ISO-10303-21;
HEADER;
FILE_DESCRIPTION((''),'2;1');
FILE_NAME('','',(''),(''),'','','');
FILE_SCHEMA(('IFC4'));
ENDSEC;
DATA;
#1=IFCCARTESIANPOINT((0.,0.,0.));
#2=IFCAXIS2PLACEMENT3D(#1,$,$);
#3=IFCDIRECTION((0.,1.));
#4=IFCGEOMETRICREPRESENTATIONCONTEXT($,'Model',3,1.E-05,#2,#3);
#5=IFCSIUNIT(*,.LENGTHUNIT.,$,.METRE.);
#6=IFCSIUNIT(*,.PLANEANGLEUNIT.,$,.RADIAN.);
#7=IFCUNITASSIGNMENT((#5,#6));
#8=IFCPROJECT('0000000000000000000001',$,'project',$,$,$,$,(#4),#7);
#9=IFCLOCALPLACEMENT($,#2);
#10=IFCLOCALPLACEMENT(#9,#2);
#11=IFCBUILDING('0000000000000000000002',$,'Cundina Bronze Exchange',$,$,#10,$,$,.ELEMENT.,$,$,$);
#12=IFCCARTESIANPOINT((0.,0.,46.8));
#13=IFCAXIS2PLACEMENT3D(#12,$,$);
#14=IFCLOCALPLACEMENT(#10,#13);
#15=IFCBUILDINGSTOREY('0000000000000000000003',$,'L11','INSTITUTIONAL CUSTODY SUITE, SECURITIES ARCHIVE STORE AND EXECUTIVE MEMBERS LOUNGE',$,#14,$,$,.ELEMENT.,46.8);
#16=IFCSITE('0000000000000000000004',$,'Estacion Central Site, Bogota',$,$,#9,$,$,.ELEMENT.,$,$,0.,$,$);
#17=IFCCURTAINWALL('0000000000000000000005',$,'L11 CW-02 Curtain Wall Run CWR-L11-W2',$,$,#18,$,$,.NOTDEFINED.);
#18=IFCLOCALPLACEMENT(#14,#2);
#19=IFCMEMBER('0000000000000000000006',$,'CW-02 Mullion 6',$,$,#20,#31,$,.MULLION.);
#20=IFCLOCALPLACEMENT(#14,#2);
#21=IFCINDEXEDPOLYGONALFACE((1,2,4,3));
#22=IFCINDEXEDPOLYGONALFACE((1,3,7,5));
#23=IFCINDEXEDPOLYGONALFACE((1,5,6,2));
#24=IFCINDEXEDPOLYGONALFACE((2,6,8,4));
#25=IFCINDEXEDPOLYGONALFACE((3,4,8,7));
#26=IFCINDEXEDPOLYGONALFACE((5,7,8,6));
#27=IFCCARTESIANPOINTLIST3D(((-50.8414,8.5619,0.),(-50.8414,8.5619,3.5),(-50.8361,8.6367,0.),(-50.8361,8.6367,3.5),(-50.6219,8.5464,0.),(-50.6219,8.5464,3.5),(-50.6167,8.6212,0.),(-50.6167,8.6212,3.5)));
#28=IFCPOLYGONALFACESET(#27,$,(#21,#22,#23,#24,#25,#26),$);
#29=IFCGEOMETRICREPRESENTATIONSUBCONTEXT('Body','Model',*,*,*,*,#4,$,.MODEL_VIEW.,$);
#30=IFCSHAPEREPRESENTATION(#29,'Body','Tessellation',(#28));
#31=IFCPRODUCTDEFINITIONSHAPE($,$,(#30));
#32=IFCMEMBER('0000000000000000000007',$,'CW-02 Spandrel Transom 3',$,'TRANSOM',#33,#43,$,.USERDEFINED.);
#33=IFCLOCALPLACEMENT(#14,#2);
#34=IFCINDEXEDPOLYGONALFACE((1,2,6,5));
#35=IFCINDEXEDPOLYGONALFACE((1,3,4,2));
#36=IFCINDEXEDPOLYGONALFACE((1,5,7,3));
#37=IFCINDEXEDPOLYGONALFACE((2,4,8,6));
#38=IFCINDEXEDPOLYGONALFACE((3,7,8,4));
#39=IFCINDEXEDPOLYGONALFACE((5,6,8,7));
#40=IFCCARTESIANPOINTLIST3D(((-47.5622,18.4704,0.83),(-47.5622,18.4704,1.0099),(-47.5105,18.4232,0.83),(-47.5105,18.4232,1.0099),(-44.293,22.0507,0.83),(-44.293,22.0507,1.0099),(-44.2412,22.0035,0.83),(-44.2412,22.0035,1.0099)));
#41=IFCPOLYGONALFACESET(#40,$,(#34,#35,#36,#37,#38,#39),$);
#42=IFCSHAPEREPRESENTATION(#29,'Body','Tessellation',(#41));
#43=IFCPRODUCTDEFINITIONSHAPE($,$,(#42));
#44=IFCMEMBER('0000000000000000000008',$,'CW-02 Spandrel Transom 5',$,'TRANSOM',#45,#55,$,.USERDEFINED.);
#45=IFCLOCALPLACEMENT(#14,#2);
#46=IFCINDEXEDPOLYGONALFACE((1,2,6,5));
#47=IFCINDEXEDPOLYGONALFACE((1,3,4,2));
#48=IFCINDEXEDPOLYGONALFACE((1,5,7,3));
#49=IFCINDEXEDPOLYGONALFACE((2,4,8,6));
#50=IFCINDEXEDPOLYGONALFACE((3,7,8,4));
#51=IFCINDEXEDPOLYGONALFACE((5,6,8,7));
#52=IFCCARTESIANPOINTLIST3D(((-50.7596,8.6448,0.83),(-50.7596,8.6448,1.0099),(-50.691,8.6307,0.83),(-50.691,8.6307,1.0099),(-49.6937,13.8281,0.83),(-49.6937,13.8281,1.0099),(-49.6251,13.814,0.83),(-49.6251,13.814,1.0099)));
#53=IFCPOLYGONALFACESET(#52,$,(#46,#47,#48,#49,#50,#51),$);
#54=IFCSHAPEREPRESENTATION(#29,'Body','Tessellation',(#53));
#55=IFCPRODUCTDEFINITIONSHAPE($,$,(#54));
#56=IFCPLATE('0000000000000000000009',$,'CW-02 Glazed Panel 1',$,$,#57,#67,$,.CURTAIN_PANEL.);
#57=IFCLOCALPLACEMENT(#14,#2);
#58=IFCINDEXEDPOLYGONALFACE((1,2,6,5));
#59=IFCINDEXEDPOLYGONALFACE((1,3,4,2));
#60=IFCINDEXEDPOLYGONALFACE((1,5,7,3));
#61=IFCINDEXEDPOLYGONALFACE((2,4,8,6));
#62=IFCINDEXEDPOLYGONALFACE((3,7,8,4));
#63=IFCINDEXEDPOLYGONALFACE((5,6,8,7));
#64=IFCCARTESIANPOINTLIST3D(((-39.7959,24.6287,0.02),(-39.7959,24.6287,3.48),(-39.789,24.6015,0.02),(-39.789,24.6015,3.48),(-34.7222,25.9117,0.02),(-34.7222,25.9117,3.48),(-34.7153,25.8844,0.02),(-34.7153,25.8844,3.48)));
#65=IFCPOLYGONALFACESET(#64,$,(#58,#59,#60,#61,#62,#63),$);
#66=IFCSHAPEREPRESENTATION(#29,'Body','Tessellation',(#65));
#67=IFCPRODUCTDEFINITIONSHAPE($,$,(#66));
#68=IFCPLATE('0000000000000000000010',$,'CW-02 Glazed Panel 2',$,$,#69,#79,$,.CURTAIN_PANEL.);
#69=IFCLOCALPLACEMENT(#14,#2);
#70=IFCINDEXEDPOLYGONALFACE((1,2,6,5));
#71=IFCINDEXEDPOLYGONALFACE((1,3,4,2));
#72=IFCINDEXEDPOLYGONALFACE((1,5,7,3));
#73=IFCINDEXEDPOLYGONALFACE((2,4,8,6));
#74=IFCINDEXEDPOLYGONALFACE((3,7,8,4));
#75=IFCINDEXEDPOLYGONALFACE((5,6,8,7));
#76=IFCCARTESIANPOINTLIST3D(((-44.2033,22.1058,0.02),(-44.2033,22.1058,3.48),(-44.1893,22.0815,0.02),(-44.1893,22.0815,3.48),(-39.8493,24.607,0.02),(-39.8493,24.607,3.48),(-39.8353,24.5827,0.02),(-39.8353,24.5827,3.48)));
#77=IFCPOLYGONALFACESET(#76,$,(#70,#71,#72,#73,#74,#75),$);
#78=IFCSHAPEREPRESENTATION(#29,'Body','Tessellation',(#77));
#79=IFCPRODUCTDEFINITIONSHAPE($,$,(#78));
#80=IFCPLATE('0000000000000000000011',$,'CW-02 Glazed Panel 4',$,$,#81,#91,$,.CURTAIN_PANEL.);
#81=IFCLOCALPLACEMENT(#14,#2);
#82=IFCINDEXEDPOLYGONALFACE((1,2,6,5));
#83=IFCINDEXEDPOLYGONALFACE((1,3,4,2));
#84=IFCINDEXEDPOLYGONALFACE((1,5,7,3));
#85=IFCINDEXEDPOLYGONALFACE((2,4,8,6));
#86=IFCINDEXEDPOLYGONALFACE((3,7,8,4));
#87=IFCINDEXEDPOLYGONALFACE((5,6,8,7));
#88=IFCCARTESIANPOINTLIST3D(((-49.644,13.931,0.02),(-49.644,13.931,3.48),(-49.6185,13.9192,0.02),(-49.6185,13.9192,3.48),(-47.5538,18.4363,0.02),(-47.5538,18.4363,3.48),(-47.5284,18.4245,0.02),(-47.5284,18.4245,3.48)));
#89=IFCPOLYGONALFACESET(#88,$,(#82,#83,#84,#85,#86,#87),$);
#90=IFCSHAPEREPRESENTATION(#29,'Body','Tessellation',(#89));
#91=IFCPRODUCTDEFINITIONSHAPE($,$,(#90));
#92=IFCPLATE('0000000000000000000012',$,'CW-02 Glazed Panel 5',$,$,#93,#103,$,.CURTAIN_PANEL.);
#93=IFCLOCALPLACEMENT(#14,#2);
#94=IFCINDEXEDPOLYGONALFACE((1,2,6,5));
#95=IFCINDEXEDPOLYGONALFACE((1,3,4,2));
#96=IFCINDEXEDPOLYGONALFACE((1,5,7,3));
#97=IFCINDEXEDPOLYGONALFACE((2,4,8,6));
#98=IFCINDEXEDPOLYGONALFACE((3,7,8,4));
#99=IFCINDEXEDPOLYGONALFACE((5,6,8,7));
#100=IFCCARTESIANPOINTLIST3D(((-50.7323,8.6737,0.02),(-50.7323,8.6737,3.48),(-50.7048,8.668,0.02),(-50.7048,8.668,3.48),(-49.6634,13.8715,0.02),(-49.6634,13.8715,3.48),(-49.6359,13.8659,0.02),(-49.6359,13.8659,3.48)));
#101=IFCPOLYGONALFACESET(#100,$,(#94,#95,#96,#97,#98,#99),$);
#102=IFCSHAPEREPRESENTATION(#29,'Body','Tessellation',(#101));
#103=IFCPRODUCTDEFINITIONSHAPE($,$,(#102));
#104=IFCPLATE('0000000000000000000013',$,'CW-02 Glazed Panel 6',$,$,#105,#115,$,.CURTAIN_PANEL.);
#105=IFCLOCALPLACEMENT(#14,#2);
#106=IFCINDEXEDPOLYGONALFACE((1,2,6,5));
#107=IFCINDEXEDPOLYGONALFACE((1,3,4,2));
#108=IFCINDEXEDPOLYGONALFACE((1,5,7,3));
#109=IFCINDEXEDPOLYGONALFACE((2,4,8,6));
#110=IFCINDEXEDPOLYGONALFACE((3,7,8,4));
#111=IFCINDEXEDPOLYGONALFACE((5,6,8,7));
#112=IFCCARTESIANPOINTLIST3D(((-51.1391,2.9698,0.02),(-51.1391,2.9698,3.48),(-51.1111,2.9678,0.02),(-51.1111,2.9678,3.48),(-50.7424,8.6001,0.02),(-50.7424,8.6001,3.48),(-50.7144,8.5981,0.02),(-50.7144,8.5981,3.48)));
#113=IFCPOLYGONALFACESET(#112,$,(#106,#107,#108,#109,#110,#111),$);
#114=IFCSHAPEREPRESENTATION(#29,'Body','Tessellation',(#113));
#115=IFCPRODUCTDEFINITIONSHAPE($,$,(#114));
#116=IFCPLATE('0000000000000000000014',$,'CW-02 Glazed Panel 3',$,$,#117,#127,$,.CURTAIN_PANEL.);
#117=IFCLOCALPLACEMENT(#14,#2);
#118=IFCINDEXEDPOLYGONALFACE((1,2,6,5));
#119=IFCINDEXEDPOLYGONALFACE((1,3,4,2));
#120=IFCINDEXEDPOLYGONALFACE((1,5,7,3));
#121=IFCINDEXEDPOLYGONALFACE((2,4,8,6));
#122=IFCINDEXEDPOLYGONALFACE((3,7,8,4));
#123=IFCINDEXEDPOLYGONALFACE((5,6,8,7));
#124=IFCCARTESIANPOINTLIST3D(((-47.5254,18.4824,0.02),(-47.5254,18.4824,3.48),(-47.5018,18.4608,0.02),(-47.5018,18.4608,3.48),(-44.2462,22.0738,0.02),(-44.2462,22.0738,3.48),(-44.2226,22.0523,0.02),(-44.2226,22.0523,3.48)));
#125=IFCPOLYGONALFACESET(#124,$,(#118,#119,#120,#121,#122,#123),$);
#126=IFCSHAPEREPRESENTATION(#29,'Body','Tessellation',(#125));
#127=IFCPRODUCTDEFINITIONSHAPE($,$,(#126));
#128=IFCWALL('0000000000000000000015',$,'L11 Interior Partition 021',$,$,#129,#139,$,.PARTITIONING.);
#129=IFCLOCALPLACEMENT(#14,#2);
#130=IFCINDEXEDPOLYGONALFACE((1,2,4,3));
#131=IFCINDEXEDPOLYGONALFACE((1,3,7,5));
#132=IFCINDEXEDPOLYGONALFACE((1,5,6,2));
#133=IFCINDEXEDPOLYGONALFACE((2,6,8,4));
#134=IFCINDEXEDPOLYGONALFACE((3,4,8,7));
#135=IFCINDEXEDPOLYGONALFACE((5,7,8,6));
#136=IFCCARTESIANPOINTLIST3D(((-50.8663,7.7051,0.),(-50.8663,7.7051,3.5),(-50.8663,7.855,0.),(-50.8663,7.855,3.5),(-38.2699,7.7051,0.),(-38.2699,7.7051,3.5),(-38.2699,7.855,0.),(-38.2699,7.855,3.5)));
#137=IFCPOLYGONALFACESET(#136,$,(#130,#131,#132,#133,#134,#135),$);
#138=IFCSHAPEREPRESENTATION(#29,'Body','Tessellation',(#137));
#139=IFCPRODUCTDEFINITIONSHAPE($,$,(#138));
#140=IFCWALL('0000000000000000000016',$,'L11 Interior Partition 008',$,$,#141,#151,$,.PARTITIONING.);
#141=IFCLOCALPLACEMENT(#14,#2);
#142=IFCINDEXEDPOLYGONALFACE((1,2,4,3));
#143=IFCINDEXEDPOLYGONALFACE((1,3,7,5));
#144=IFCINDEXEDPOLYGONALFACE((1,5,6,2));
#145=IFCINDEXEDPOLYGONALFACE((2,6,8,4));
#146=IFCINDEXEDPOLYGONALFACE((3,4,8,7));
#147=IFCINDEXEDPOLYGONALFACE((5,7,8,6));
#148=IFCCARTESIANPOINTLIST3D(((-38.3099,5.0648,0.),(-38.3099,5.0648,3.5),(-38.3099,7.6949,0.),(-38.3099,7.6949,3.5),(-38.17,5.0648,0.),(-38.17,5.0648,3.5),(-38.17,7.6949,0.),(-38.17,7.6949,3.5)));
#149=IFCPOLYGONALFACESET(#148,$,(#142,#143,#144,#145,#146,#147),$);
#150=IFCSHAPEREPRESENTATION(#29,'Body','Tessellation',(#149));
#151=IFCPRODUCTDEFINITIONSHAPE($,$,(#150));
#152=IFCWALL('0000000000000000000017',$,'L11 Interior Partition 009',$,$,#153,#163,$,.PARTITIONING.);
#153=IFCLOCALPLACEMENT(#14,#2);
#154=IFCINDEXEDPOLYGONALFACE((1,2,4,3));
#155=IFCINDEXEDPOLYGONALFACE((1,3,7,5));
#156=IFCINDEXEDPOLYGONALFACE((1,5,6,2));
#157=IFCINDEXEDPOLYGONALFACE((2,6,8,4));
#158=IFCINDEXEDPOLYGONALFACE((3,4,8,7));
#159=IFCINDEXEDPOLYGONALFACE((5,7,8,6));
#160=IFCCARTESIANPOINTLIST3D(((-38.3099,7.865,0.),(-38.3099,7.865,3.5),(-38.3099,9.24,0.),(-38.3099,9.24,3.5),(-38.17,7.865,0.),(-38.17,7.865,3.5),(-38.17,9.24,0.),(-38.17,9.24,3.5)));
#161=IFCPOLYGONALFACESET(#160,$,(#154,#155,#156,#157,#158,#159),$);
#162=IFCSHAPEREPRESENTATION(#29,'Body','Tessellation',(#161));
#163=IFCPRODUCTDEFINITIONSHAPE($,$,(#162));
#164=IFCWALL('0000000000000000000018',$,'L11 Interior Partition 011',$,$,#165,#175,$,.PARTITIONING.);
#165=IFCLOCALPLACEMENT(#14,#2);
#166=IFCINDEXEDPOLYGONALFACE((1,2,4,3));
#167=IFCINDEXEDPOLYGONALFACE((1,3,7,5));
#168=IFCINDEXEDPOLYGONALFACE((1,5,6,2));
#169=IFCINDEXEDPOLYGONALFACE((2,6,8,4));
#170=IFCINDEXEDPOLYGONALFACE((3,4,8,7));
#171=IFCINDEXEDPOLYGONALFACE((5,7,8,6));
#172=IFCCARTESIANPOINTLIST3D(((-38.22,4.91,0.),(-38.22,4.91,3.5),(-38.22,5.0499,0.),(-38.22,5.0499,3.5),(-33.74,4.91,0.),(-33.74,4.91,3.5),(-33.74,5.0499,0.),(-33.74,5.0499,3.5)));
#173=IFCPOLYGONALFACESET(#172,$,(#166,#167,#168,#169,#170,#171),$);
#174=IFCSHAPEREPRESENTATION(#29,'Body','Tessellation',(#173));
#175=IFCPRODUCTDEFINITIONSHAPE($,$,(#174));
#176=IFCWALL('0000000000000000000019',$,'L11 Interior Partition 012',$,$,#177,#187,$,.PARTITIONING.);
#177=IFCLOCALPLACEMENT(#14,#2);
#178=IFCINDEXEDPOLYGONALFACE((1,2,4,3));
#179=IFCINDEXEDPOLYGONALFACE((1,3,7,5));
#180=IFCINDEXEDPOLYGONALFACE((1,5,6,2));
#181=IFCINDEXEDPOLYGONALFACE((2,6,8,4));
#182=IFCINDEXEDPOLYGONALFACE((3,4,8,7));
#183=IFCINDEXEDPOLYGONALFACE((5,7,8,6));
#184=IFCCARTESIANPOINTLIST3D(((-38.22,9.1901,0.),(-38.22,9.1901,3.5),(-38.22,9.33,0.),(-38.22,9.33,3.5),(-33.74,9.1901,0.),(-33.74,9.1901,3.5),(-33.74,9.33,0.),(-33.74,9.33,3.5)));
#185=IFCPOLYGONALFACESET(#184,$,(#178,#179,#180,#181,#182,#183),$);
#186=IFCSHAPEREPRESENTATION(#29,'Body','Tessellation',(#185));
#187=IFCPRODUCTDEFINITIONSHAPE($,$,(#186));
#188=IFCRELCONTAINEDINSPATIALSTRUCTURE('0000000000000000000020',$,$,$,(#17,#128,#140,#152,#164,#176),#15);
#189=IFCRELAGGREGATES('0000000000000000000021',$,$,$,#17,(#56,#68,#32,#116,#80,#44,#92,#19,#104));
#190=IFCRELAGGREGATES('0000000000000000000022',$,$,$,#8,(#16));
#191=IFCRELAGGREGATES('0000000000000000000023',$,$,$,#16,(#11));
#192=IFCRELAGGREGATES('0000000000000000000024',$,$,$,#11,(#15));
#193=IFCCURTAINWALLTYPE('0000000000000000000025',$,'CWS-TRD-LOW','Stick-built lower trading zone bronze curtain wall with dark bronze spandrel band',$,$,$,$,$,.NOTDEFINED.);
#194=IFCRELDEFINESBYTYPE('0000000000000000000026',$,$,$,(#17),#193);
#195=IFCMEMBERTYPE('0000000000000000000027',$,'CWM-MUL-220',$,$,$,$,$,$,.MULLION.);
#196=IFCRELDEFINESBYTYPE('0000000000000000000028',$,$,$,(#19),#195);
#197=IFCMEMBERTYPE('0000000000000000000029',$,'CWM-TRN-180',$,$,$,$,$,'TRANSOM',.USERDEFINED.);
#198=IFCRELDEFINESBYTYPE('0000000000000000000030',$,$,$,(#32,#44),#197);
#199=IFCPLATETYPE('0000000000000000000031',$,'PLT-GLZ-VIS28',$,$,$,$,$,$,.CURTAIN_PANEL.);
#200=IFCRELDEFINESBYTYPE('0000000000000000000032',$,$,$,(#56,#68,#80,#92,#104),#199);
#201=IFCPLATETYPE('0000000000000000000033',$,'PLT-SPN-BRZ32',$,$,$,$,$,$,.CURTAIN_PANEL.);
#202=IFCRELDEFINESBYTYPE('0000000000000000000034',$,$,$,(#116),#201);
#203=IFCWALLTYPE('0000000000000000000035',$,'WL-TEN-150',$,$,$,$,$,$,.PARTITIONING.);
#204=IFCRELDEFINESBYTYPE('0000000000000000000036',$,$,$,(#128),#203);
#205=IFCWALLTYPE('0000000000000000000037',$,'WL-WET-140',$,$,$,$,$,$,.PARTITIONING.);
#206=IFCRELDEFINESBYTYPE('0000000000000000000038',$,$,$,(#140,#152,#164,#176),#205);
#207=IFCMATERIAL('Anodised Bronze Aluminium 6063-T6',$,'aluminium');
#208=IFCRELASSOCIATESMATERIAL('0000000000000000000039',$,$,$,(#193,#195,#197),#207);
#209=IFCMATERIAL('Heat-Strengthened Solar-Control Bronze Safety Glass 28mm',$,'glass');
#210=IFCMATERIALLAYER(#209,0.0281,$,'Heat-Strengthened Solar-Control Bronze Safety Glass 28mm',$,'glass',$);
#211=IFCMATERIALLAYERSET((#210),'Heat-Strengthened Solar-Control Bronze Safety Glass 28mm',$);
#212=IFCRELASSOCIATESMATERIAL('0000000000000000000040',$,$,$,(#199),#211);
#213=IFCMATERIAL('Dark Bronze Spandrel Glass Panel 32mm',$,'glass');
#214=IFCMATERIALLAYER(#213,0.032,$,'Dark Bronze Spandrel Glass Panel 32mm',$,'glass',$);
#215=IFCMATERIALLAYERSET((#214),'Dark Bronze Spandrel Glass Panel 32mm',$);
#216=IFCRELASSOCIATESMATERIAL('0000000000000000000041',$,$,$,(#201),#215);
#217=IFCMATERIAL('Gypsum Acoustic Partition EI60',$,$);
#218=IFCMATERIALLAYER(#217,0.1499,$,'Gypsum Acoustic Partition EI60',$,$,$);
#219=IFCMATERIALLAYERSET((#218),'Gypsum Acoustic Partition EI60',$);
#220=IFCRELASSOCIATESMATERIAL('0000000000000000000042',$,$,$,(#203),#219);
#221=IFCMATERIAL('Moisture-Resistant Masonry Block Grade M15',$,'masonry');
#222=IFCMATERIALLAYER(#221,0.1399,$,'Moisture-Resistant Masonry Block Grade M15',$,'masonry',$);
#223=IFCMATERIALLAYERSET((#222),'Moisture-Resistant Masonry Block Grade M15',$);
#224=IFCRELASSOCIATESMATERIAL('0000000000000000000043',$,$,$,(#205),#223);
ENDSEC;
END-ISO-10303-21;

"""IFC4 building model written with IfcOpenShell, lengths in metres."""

from ifc_helpers import new_model, si_unit, direction, frame, frame_2d, origin, origin_2d, place, context, subcontext, project, spatial, rectangle, extrude, material, layer, layer_set, material_profile, profile_set, type_object, element, aggregate, save


model = new_model("IFC4")

# Units and contexts
model_context = context("Model", 3, precision=1e-05, world=origin(), true_north=direction((0.0, 1.0)))
body_context = subcontext(model_context, "Body", "Model", "MODEL_VIEW")
ifc_project = project(units=[si_unit("LENGTHUNIT", "METRE"), si_unit("PLANEANGLEUNIT", "RADIAN")], contexts=[model_context])

# Site, building, storey
site_placement = place(None, origin())
site = spatial("IfcSite", under=ifc_project, at=site_placement, Name="Estacion Central Site, Bogota", CompositionType="ELEMENT", RefElevation=0.0)
building_placement = place(site_placement, origin())
building = spatial("IfcBuilding", under=site, at=building_placement, Name="Cundina Bronze Exchange", CompositionType="ELEMENT")
storey_placement = place(building_placement, frame((0.0, 0.0, 46.8)))
storey = spatial("IfcBuildingStorey", under=building, at=storey_placement, Name="L11", Description="INSTITUTIONAL CUSTODY SUITE, SECURITIES ARCHIVE STORE AND EXECUTIVE MEMBERS LOUNGE", CompositionType="ELEMENT", Elevation=46.8)

# Curtain wall, members, plates
ifc_material_1 = material(Name="Anodised Bronze Aluminium 6063-T6", Category="aluminium")
curtain_wall_type = type_object("IfcCurtainWallType", Name="CWS-TRD-LOW", Description="Stick-built lower trading zone bronze curtain wall with dark bronze spandrel band", PredefinedType="NOTDEFINED", material=ifc_material_1)
curtain_wall_placement = place(storey_placement, origin())
curtain_wall = element("IfcCurtainWall", 1, at=curtain_wall_placement, inside=storey, type_object=curtain_wall_type, Name="L11 CW-02 Curtain Wall Run CWR-L11-W2", PredefinedType="NOTDEFINED")
ifc_material_profile_1 = material_profile(ifc_material_1, rectangle(XDim=0.075, YDim=0.22, at=origin_2d()), Name="AL75X220", Category="aluminium")
ifc_profile_set_1 = profile_set([ifc_material_profile_1], Name="Anodised Bronze Aluminium 6063-T6")
member_type_1 = type_object("IfcMemberType", Name="CWM-MUL-220", PredefinedType="MULLION", material=ifc_profile_set_1)
member_1_placement = place(storey_placement, frame((-50.729, 8.5916, 0.0), z_axis=(0.0, 0.0, 1.0), x_axis=(-0.070279, -0.997527, 0.0)))
member_1 = element("IfcMember", 2, at=member_1_placement, type_object=member_type_1, Name="CW-02 Mullion 6", PredefinedType="MULLION", context=body_context, shape_type="SweptSolid", body=[
    extrude(rectangle(XDim=0.075, YDim=0.22, at=origin_2d()), origin(), (0.0, 0.0, 1.0), 3.5),
])
ifc_material_profile_2 = material_profile(ifc_material_1, rectangle(XDim=0.0701, YDim=0.1799, at=origin_2d()), Name="AL70X180", Category="aluminium")
ifc_profile_set_2 = profile_set([ifc_material_profile_2], Name="Anodised Bronze Aluminium 6063-T6")
member_type_2 = type_object("IfcMemberType", Name="CWM-TRN-180", ElementType="TRANSOM", PredefinedType="USERDEFINED", material=ifc_profile_set_2)
member_2_placement = place(storey_placement, frame((-44.2671, 22.0271, 0.9199), z_axis=(-0.674303, -0.738455, 0.0), x_axis=(0.738455, -0.674303, 0.0)))
member_2 = element("IfcMember", 3, at=member_2_placement, type_object=member_type_2, Name="CW-02 Spandrel Transom 3", ObjectType="TRANSOM", PredefinedType="USERDEFINED", context=body_context, shape_type="SweptSolid", body=[
    extrude(rectangle(XDim=0.0701, YDim=0.1799, at=origin_2d()), origin(), (0.0, 0.0, 1.0), 4.8484),
])
member_3_placement = place(storey_placement, frame((-49.6594, 13.821, 0.9199), z_axis=(-0.201428, -0.979503, 0.0), x_axis=(0.979503, -0.201428, 0.0)))
member_3 = element("IfcMember", 4, at=member_3_placement, type_object=member_type_2, Name="CW-02 Spandrel Transom 5", ObjectType="TRANSOM", PredefinedType="USERDEFINED", context=body_context, shape_type="SweptSolid", body=[
    extrude(rectangle(XDim=0.0701, YDim=0.1799, at=origin_2d()), origin(), (0.0, 0.0, 1.0), 5.2917),
])
ifc_material_2 = material(Name="Heat-Strengthened Solar-Control Bronze Safety Glass 28mm", Category="glass")
ifc_layer_1 = layer(ifc_material_2, 0.0281, Name="Heat-Strengthened Solar-Control Bronze Safety Glass 28mm", Category="glass")
ifc_layer_set_1 = layer_set([ifc_layer_1], Name="Heat-Strengthened Solar-Control Bronze Safety Glass 28mm")
plate_type_1 = type_object("IfcPlateType", Name="PLT-GLZ-VIS28", PredefinedType="CURTAIN_PANEL", material=ifc_layer_set_1)
plate_1_placement = place(storey_placement, frame((-37.2556, 25.2566, 0.02), z_axis=(0.0, 0.0, 1.0), x_axis=(-0.969488, -0.245138, 0.0)))
plate_1 = element("IfcPlate", 5, at=plate_1_placement, type_object=plate_type_1, Name="CW-02 Glazed Panel 1", PredefinedType="CURTAIN_PANEL", context=body_context, shape_type="SweptSolid", body=[
    extrude(rectangle(XDim=5.2334, YDim=0.0281, at=origin_2d()), origin(), (0.0, 0.0, 1.0), 3.46),
])
plate_2_placement = place(storey_placement, frame((-42.0193, 23.3442, 0.02), z_axis=(0.0, 0.0, 1.0), x_axis=(-0.867105, -0.498125, 0.0)))
plate_2 = element("IfcPlate", 6, at=plate_2_placement, type_object=plate_type_1, Name="CW-02 Glazed Panel 2", PredefinedType="CURTAIN_PANEL", context=body_context, shape_type="SweptSolid", body=[
    extrude(rectangle(XDim=5.0212, YDim=0.0281, at=origin_2d()), origin(), (0.0, 0.0, 1.0), 3.46),
])
plate_3_placement = place(storey_placement, frame((-48.5862, 16.1777, 0.02), z_axis=(0.0, 0.0, 1.0), x_axis=(-0.420846, -0.907132, 0.0)))
plate_3 = element("IfcPlate", 7, at=plate_3_placement, type_object=plate_type_1, Name="CW-02 Glazed Panel 4", PredefinedType="CURTAIN_PANEL", context=body_context, shape_type="SweptSolid", body=[
    extrude(rectangle(XDim=4.9666, YDim=0.0281, at=origin_2d()), origin(), (0.0, 0.0, 1.0), 3.46),
])
plate_4_placement = place(storey_placement, frame((-50.1841, 11.2698, 0.02), z_axis=(0.0, 0.0, 1.0), x_axis=(-0.20142, -0.979505, 0.0)))
plate_4 = element("IfcPlate", 8, at=plate_4_placement, type_object=plate_type_1, Name="CW-02 Glazed Panel 5", PredefinedType="CURTAIN_PANEL", context=body_context, shape_type="SweptSolid", body=[
    extrude(rectangle(XDim=5.3066, YDim=0.0281, at=origin_2d()), origin(), (0.0, 0.0, 1.0), 3.46),
])
plate_5_placement = place(storey_placement, frame((-50.9268, 5.7839, 0.02), z_axis=(0.0, 0.0, 1.0), x_axis=(-0.070279, -0.997527, 0.0)))
plate_5 = element("IfcPlate", 9, at=plate_5_placement, type_object=plate_type_1, Name="CW-02 Glazed Panel 6", PredefinedType="CURTAIN_PANEL", context=body_context, shape_type="SweptSolid", body=[
    extrude(rectangle(XDim=5.6443, YDim=0.0281, at=origin_2d()), origin(), (0.0, 0.0, 1.0), 3.46),
])
ifc_material_3 = material(Name="Dark Bronze Spandrel Glass Panel 32mm", Category="glass")
ifc_layer_2 = layer(ifc_material_3, 0.032, Name="Dark Bronze Spandrel Glass Panel 32mm", Category="glass")
ifc_layer_set_2 = layer_set([ifc_layer_2], Name="Dark Bronze Spandrel Glass Panel 32mm")
plate_type_2 = type_object("IfcPlateType", Name="PLT-SPN-BRZ32", PredefinedType="CURTAIN_PANEL", material=ifc_layer_set_2)
plate_6_placement = place(storey_placement, frame((-45.874, 20.2673, 0.02), z_axis=(0.0, 0.0, 1.0), x_axis=(-0.674277, -0.738479, 0.0)))
plate_6 = element("IfcPlate", 10, at=plate_6_placement, type_object=plate_type_2, Name="CW-02 Glazed Panel 3", PredefinedType="CURTAIN_PANEL", context=body_context, shape_type="SweptSolid", body=[
    extrude(rectangle(XDim=4.8633, YDim=0.032, at=origin_2d()), origin(), (0.0, 0.0, 1.0), 3.46),
])
aggregate(curtain_wall, [plate_1, plate_2, member_2, plate_6, plate_3, member_3, plate_4, member_1, plate_5])

# Walls
ifc_material_4 = material(Name="Gypsum Acoustic Partition EI60")
ifc_layer_3 = layer(ifc_material_4, 0.1499, Name="Gypsum Acoustic Partition EI60")
ifc_layer_set_3 = layer_set([ifc_layer_3], Name="Gypsum Acoustic Partition EI60")
wall_type_1 = type_object("IfcWallType", Name="WL-TEN-150", PredefinedType="PARTITIONING", material=ifc_layer_set_3)
wall_1_placement = place(storey_placement, frame((-50.8665, 7.78, 0.0), z_axis=(0.0, 0.0, 1.0), x_axis=(1.0, 0.0, 0.0)))
element("IfcWall", 11, at=wall_1_placement, inside=storey, type_object=wall_type_1, Name="L11 Interior Partition 021", PredefinedType="PARTITIONING", context=body_context, shape_type="SweptSolid", body=[
    extrude(rectangle(XDim=12.5964, YDim=0.1499, at=frame_2d((6.2983, 0.0))), origin(), (0.0, 0.0, 1.0), 3.5),
])
ifc_material_5 = material(Name="Moisture-Resistant Masonry Block Grade M15", Category="masonry")
ifc_layer_4 = layer(ifc_material_5, 0.1399, Name="Moisture-Resistant Masonry Block Grade M15", Category="masonry")
ifc_layer_set_4 = layer_set([ifc_layer_4], Name="Moisture-Resistant Masonry Block Grade M15")
wall_type_2 = type_object("IfcWallType", Name="WL-WET-140", PredefinedType="PARTITIONING", material=ifc_layer_set_4)
wall_2_placement = place(storey_placement, frame((-38.24, 5.0649, 0.0), z_axis=(0.0, 0.0, 1.0), x_axis=(0.0, 1.0, 0.0)))
element("IfcWall", 12, at=wall_2_placement, inside=storey, type_object=wall_type_2, Name="L11 Interior Partition 008", PredefinedType="PARTITIONING", context=body_context, shape_type="SweptSolid", body=[
    extrude(rectangle(XDim=2.6301, YDim=0.1399, at=frame_2d((1.3149, 0.0))), origin(), (0.0, 0.0, 1.0), 3.5),
])
wall_3_placement = place(storey_placement, frame((-38.24, 7.865, 0.0), z_axis=(0.0, 0.0, 1.0), x_axis=(0.0, 1.0, 0.0)))
element("IfcWall", 13, at=wall_3_placement, inside=storey, type_object=wall_type_2, Name="L11 Interior Partition 009", PredefinedType="PARTITIONING", context=body_context, shape_type="SweptSolid", body=[
    extrude(rectangle(XDim=1.375, YDim=0.1399, at=frame_2d((0.6875, 0.0))), origin(), (0.0, 0.0, 1.0), 3.5),
])
for number, where, z_axis, x_axis, name in (
    (14, (-38.22, 4.98, 0.0), (0.0, 0.0, 1.0), (1.0, 0.0, 0.0), "L11 Interior Partition 011"),
    (15, (-38.22, 9.26, 0.0), (0.0, 0.0, 1.0), (1.0, 0.0, 0.0), "L11 Interior Partition 012"),
):
    element("IfcWall", number, at=place(storey_placement, frame(where, z_axis=z_axis, x_axis=x_axis)), inside=storey, type_object=wall_type_2, Name=name, PredefinedType="PARTITIONING", context=body_context, shape_type="SweptSolid", body=[
        extrude(rectangle(XDim=4.48, YDim=0.1399, at=frame_2d((2.24, 0.0))), origin(), (0.0, 0.0, 1.0), 3.5),
    ])

save(model, "model.ifc")
